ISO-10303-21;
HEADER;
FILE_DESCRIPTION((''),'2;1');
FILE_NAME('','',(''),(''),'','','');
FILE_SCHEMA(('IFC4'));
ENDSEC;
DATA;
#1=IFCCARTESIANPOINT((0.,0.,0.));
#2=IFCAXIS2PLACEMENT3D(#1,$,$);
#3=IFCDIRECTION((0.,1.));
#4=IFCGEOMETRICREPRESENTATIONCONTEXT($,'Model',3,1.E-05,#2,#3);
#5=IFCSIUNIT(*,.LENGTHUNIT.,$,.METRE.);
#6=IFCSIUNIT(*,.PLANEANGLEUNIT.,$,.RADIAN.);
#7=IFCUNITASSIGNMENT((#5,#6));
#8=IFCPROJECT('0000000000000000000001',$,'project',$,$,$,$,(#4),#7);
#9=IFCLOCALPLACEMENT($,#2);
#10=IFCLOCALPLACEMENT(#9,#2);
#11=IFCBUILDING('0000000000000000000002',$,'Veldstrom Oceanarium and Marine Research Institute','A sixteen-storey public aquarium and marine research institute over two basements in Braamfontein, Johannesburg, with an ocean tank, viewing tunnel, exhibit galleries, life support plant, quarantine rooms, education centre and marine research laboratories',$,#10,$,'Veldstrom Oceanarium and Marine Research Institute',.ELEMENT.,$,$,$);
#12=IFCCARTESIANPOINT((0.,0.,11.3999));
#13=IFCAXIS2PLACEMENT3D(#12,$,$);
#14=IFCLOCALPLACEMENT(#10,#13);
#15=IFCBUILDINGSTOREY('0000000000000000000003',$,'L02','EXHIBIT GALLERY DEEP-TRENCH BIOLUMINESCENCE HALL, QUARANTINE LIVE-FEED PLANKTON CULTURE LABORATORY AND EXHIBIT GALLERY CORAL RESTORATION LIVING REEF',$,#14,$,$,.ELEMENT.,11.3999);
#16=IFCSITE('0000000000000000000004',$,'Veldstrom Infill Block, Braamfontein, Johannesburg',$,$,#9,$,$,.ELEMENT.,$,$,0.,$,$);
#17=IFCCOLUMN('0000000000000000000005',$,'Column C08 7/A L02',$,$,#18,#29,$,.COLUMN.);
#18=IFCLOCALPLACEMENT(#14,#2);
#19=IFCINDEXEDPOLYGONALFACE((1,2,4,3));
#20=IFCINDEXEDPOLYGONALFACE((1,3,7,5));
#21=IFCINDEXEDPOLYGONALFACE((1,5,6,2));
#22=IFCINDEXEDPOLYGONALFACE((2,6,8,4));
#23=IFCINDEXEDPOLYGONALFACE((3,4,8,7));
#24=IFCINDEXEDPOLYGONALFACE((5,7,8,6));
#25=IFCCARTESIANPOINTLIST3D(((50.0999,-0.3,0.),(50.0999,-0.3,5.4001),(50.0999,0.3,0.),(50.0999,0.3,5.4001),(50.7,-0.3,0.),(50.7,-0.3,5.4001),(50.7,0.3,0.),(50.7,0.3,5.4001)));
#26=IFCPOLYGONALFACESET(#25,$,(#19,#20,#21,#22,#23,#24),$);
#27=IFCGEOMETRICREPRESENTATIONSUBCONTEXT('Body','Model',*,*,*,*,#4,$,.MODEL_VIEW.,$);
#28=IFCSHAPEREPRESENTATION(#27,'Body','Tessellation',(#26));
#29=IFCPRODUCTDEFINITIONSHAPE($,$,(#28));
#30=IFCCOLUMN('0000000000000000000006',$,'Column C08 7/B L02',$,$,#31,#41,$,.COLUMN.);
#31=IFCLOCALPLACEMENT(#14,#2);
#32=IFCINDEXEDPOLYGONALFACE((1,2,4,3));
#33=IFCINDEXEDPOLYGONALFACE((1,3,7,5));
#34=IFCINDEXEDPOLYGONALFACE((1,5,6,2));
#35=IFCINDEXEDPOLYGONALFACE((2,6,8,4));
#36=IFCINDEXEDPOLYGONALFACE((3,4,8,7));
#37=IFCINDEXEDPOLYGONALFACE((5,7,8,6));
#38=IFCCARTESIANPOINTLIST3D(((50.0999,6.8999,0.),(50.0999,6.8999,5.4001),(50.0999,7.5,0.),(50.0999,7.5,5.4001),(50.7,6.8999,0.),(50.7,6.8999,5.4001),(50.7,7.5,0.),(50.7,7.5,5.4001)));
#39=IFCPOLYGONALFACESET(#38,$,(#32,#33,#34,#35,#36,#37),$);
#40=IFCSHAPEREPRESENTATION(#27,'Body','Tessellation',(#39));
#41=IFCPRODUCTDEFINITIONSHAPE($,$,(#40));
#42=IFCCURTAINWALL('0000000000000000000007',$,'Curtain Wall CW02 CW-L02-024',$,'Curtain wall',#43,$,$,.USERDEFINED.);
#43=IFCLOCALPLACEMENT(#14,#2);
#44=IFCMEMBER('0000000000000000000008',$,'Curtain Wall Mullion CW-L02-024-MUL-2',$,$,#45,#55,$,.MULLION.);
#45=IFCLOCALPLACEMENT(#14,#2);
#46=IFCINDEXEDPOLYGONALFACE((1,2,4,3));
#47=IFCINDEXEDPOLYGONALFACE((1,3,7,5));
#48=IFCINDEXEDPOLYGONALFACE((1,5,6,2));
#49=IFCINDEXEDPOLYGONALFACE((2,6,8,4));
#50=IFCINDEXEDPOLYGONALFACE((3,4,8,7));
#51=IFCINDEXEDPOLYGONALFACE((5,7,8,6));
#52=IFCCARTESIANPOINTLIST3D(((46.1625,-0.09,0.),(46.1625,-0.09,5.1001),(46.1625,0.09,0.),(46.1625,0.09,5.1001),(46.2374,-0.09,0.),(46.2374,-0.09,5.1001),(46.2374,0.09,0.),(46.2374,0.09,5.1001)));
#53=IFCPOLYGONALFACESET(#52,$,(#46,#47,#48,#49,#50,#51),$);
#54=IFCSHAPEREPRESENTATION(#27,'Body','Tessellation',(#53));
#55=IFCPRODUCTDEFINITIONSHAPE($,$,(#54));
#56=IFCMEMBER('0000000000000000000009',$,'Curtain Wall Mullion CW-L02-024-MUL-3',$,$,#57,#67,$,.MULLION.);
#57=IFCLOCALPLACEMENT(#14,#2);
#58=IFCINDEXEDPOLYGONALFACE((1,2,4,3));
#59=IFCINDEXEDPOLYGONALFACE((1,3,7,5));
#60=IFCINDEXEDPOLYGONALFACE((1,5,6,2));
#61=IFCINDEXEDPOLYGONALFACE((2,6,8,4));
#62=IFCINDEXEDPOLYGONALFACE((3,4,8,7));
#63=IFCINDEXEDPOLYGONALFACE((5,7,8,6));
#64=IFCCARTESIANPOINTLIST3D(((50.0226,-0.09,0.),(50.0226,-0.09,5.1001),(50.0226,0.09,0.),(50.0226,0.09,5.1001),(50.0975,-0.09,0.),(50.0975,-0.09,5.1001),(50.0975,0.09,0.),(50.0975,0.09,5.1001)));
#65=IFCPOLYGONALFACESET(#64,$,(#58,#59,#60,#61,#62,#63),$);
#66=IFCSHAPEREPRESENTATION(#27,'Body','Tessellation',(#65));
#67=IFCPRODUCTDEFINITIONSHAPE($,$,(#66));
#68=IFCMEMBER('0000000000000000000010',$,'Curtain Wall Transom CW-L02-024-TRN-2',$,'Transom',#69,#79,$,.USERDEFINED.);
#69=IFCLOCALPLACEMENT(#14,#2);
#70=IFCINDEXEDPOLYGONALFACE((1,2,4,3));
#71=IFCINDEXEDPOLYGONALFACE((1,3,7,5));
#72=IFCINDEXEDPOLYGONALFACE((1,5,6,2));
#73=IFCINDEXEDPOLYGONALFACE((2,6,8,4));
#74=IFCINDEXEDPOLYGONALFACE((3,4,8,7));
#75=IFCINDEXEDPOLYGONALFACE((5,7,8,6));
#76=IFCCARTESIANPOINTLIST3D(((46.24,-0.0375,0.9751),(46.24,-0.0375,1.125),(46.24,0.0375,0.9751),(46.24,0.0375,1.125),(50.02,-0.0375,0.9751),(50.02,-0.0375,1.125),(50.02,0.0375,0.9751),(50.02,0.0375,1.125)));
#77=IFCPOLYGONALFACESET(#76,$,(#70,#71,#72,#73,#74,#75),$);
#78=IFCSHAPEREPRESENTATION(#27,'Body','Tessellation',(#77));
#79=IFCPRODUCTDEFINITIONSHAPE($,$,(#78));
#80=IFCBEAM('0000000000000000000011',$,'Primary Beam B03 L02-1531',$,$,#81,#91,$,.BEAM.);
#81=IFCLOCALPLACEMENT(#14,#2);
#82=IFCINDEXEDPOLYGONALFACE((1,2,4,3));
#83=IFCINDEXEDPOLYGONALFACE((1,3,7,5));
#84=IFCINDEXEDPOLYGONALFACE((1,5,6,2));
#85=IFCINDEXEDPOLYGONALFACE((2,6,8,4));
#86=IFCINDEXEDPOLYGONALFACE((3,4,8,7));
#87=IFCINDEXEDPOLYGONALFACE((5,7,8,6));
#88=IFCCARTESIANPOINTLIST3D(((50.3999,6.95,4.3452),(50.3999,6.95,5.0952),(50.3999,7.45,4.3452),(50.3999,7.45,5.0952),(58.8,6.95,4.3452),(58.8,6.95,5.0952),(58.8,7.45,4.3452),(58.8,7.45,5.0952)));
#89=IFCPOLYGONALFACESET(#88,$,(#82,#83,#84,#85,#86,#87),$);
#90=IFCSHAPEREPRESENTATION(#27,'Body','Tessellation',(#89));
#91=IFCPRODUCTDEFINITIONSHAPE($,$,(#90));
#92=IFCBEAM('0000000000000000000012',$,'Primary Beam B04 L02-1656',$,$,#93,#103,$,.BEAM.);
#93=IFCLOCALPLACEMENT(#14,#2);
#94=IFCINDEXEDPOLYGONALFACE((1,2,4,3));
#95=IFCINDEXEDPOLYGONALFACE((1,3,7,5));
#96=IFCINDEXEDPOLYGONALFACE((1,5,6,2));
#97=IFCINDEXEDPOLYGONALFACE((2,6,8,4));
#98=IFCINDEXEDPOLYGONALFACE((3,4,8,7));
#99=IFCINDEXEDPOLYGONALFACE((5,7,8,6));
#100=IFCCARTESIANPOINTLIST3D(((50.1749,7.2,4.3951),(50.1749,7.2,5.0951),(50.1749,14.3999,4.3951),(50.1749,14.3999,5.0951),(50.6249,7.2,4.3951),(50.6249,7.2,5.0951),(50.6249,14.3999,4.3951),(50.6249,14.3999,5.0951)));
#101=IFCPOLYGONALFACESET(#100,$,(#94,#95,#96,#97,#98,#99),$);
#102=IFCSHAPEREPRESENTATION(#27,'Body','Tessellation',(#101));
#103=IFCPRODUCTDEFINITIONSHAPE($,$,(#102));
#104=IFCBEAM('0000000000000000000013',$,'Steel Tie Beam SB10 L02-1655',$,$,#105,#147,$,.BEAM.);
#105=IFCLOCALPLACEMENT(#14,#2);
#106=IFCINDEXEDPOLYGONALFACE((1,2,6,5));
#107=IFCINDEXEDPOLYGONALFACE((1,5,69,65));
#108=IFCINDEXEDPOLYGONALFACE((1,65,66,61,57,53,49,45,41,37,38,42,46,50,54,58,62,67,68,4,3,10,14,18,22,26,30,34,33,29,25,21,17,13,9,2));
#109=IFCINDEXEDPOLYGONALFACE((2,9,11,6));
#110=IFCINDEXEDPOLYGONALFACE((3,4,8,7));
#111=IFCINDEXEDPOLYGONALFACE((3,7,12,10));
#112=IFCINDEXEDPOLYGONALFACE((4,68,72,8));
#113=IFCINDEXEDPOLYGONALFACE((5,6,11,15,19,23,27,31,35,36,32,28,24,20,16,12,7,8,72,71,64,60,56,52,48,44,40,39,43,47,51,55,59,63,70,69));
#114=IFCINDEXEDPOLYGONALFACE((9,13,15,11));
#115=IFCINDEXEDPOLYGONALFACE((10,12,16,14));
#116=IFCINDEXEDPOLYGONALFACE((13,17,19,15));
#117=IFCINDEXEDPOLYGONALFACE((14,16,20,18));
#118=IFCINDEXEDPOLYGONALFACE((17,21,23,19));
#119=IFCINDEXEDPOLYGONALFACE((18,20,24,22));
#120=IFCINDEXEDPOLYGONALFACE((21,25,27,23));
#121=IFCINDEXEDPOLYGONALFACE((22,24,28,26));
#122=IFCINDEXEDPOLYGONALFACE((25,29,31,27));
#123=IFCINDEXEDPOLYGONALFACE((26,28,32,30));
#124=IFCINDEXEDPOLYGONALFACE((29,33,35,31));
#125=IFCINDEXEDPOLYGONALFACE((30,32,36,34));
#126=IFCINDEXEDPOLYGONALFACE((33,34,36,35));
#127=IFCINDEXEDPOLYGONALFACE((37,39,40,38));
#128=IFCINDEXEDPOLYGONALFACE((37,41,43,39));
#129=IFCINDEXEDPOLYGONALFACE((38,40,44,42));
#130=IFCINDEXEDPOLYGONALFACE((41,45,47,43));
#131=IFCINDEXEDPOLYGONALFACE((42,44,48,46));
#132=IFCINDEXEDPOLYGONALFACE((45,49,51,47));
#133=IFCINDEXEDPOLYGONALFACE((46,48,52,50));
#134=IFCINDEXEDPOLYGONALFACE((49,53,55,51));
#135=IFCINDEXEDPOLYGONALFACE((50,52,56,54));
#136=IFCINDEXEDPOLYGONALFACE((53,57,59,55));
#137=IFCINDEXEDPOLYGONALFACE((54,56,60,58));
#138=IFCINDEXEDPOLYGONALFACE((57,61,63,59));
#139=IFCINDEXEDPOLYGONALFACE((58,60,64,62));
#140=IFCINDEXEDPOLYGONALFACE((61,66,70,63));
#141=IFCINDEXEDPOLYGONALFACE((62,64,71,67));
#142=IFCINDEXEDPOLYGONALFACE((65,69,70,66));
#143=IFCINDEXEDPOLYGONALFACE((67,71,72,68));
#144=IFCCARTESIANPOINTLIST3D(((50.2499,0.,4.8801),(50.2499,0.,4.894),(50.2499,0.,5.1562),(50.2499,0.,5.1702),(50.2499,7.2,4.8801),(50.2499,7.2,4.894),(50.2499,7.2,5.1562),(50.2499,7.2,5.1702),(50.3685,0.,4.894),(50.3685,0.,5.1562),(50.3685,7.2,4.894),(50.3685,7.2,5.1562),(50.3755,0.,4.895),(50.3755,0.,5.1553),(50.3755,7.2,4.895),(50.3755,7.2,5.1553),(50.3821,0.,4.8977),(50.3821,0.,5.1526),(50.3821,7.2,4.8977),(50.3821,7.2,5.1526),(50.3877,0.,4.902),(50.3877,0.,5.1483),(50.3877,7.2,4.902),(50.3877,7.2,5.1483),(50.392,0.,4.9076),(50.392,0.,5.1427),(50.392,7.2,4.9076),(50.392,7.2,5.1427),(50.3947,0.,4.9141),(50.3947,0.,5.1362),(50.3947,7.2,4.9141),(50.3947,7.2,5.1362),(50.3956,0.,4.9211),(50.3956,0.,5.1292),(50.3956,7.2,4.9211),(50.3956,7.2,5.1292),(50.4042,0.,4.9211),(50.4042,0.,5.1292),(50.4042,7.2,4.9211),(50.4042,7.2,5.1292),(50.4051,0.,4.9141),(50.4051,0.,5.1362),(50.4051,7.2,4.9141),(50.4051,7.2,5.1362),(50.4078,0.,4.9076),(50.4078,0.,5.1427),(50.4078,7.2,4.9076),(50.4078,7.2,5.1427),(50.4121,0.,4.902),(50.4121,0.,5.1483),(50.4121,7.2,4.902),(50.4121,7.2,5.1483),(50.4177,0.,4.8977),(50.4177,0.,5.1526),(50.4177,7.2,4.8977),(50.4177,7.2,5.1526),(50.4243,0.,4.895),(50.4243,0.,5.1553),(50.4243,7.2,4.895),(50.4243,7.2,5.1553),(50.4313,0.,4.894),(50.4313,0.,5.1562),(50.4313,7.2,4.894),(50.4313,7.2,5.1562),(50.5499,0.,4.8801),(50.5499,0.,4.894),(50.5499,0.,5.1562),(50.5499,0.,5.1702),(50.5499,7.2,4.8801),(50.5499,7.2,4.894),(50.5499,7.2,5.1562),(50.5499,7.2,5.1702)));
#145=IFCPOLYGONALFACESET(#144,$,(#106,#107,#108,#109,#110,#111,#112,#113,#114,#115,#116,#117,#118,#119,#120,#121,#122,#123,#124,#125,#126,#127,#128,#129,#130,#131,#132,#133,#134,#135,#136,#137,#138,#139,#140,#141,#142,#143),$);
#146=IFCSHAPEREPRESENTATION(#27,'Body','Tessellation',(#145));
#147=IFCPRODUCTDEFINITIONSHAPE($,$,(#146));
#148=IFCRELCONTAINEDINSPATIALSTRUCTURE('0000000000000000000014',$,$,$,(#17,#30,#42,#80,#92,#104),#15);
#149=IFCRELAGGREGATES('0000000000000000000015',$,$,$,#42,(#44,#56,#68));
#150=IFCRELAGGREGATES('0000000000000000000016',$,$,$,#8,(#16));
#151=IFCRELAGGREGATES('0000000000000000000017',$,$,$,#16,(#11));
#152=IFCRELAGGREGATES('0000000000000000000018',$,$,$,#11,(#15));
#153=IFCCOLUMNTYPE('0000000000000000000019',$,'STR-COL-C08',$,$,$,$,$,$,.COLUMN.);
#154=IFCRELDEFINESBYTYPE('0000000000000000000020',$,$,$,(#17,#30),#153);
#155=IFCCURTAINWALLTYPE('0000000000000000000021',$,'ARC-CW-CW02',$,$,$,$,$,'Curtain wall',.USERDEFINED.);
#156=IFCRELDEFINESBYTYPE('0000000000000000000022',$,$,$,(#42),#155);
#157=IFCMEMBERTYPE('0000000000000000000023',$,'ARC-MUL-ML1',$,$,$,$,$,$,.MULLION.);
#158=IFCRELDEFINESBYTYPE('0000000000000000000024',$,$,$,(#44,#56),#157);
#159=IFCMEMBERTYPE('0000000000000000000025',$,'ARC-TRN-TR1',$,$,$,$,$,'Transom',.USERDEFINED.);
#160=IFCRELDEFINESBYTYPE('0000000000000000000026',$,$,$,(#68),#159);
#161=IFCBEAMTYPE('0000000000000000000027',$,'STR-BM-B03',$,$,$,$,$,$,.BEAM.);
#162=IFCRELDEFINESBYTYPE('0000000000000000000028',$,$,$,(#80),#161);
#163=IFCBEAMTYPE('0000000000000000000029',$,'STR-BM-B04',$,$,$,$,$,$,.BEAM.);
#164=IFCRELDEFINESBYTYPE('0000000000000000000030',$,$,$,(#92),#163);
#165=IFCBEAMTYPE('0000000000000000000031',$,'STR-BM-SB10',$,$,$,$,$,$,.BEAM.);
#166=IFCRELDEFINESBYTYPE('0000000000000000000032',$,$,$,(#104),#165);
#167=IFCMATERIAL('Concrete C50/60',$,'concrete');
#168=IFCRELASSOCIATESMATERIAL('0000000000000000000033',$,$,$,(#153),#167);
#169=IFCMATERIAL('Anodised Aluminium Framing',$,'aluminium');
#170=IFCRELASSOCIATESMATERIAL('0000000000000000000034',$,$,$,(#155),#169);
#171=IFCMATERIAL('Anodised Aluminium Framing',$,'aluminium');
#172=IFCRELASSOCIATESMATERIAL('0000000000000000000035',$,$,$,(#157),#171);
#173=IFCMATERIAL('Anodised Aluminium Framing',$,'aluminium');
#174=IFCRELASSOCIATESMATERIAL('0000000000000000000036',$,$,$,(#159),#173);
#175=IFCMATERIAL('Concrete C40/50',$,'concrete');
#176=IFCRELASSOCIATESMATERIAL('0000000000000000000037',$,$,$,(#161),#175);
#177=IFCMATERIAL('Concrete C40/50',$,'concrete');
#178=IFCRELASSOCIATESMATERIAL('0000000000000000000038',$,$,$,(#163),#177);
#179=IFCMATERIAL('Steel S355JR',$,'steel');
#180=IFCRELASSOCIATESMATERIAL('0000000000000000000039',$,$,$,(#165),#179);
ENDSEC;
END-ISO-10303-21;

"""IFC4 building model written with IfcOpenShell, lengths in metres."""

from ifc_helpers import new_model, si_unit, direction, frame, origin, origin_2d, place, context, subcontext, project, spatial, rectangle, i_section, extrude, material, material_profile, profile_set, type_object, element, aggregate, save


model = new_model("IFC4")

# Units and contexts
model_context = context("Model", 3, precision=1e-05, world=origin(), true_north=direction((0.0, 1.0)))
body_context = subcontext(model_context, "Body", "Model", "MODEL_VIEW")
ifc_project = project(units=[si_unit("LENGTHUNIT", "METRE"), si_unit("PLANEANGLEUNIT", "RADIAN")], contexts=[model_context])

# Site, building, storey
site_placement = place(None, origin())
site = spatial("IfcSite", under=ifc_project, at=site_placement, Name="Veldstrom Infill Block, Braamfontein, Johannesburg", CompositionType="ELEMENT", RefElevation=0.0)
building_placement = place(site_placement, origin())
building = spatial("IfcBuilding", under=site, at=building_placement, Name="Veldstrom Oceanarium and Marine Research Institute", Description="A sixteen-storey public aquarium and marine research institute over two basements in Braamfontein, Johannesburg, with an ocean tank, viewing tunnel, exhibit galleries, life support plant, quarantine rooms, education centre and marine research laboratories", LongName="Veldstrom Oceanarium and Marine Research Institute", CompositionType="ELEMENT")
storey_placement = place(building_placement, frame((0.0, 0.0, 11.3999)))
storey = spatial("IfcBuildingStorey", under=building, at=storey_placement, Name="L02", Description="EXHIBIT GALLERY DEEP-TRENCH BIOLUMINESCENCE HALL, QUARANTINE LIVE-FEED PLANKTON CULTURE LABORATORY AND EXHIBIT GALLERY CORAL RESTORATION LIVING REEF", CompositionType="ELEMENT", Elevation=11.3999)

# Columns
ifc_material_1 = material(Name="Concrete C50/60", Category="concrete")
ifc_material_profile_1 = material_profile(ifc_material_1, rectangle(XDim=0.6001, YDim=0.6001, at=origin_2d()), Name="RC-COL-600x600")
ifc_profile_set_1 = profile_set([ifc_material_profile_1], Name="Concrete C50/60")
column_type = type_object("IfcColumnType", Name="STR-COL-C08", PredefinedType="COLUMN", material=ifc_profile_set_1)
for number, where, z_axis, x_axis, name in (
    (1, (50.3999, 0.0, 0.0), (0.0, 0.0, 1.0), (1.0, 0.0, 0.0), "Column C08 7/A L02"),
    (2, (50.3999, 7.2, 0.0), (0.0, 0.0, 1.0), (1.0, 0.0, 0.0), "Column C08 7/B L02"),
):
    element("IfcColumn", number, at=place(storey_placement, frame(where, z_axis=z_axis, x_axis=x_axis)), inside=storey, type_object=column_type, Name=name, PredefinedType="COLUMN", context=body_context, shape_type="SweptSolid", body=[
        extrude(rectangle(XDim=0.6001, YDim=0.6001, at=origin_2d()), origin(), (0.0, 0.0, 1.0), 5.4001),
    ])

# Curtain wall, members
ifc_material_2 = material(Name="Anodised Aluminium Framing", Category="aluminium")
curtain_wall_type = type_object("IfcCurtainWallType", Name="ARC-CW-CW02", ElementType="Curtain wall", PredefinedType="USERDEFINED", material=ifc_material_2)
curtain_wall_placement = place(storey_placement, origin())
curtain_wall = element("IfcCurtainWall", 3, at=curtain_wall_placement, inside=storey, type_object=curtain_wall_type, Name="Curtain Wall CW02 CW-L02-024", ObjectType="Curtain wall", PredefinedType="USERDEFINED")
ifc_material_3 = material(Name="Anodised Aluminium Framing", Category="aluminium")
ifc_material_profile_2 = material_profile(ifc_material_3, rectangle(XDim=0.075, YDim=0.1799, at=origin_2d()), Name="ALU-MUL-75x180")
ifc_profile_set_2 = profile_set([ifc_material_profile_2], Name="Anodised Aluminium Framing")
member_type_1 = type_object("IfcMemberType", Name="ARC-MUL-ML1", PredefinedType="MULLION", material=ifc_profile_set_2)
member_1_placement = place(storey_placement, frame((46.2, 0.0, 0.0), z_axis=(0.0, 0.0, 1.0), x_axis=(1.0, 0.0, 0.0)))
member_1 = element("IfcMember", 4, at=member_1_placement, type_object=member_type_1, Name="Curtain Wall Mullion CW-L02-024-MUL-2", PredefinedType="MULLION", context=body_context, shape_type="SweptSolid", body=[
    extrude(rectangle(XDim=0.075, YDim=0.1799, at=origin_2d()), origin(), (0.0, 0.0, 1.0), 5.1001),
])
member_2_placement = place(storey_placement, frame((50.0601, 0.0, 0.0), z_axis=(0.0, 0.0, 1.0), x_axis=(1.0, 0.0, 0.0)))
member_2 = element("IfcMember", 5, at=member_2_placement, type_object=member_type_1, Name="Curtain Wall Mullion CW-L02-024-MUL-3", PredefinedType="MULLION", context=body_context, shape_type="SweptSolid", body=[
    extrude(rectangle(XDim=0.075, YDim=0.1799, at=origin_2d()), origin(), (0.0, 0.0, 1.0), 5.1001),
])
ifc_material_4 = material(Name="Anodised Aluminium Framing", Category="aluminium")
ifc_material_profile_3 = material_profile(ifc_material_4, rectangle(XDim=0.075, YDim=0.1499, at=origin_2d()), Name="ALU-TRN-75x150")
ifc_profile_set_3 = profile_set([ifc_material_profile_3], Name="Anodised Aluminium Framing")
member_type_2 = type_object("IfcMemberType", Name="ARC-TRN-TR1", ElementType="Transom", PredefinedType="USERDEFINED", material=ifc_profile_set_3)
member_3_placement = place(storey_placement, frame((46.24, 0.0, 1.05), z_axis=(1.0, 0.0, 0.0), x_axis=(0.0, 1.0, 0.0)))
member_3 = element("IfcMember", 6, at=member_3_placement, type_object=member_type_2, Name="Curtain Wall Transom CW-L02-024-TRN-2", ObjectType="Transom", PredefinedType="USERDEFINED", context=body_context, shape_type="SweptSolid", body=[
    extrude(rectangle(XDim=0.075, YDim=0.1499, at=origin_2d()), origin(), (0.0, 0.0, 1.0), 3.78),
])

# Beams
ifc_material_5 = material(Name="Concrete C40/50", Category="concrete")
ifc_material_profile_4 = material_profile(ifc_material_5, rectangle(XDim=0.5, YDim=0.75, at=origin_2d()), Name="RC-BM-500x750")
ifc_profile_set_4 = profile_set([ifc_material_profile_4], Name="Concrete C40/50")
beam_type_1 = type_object("IfcBeamType", Name="STR-BM-B03", PredefinedType="BEAM", material=ifc_profile_set_4)
beam_1_placement = place(storey_placement, frame((50.3999, 7.2, 4.7202), z_axis=(1.0, 0.0, 0.0), x_axis=(0.0, 1.0, 0.0)))
element("IfcBeam", 7, at=beam_1_placement, inside=storey, type_object=beam_type_1, Name="Primary Beam B03 L02-1531", PredefinedType="BEAM", context=body_context, shape_type="SweptSolid", body=[
    extrude(rectangle(XDim=0.5, YDim=0.75, at=origin_2d()), origin(), (0.0, 0.0, 1.0), 8.4001),
])
ifc_material_6 = material(Name="Concrete C40/50", Category="concrete")
ifc_material_profile_5 = material_profile(ifc_material_6, rectangle(XDim=0.45, YDim=0.7, at=origin_2d()), Name="RC-BM-450x700")
ifc_profile_set_5 = profile_set([ifc_material_profile_5], Name="Concrete C40/50")
beam_type_2 = type_object("IfcBeamType", Name="STR-BM-B04", PredefinedType="BEAM", material=ifc_profile_set_5)
beam_2_placement = place(storey_placement, frame((50.3999, 7.2, 4.7451), z_axis=(0.0, 1.0, 0.0), x_axis=(-1.0, 0.0, 0.0)))
element("IfcBeam", 8, at=beam_2_placement, inside=storey, type_object=beam_type_2, Name="Primary Beam B04 L02-1656", PredefinedType="BEAM", context=body_context, shape_type="SweptSolid", body=[
    extrude(rectangle(XDim=0.45, YDim=0.7, at=origin_2d()), origin(), (0.0, 0.0, 1.0), 7.2),
])
ifc_material_7 = material(Name="Steel S355JR", Category="steel")
ifc_material_profile_6 = material_profile(ifc_material_7, i_section(OverallWidth=0.3, OverallDepth=0.29, WebThickness=0.0085, FlangeThickness=0.0139, FilletRadius=0.0271, at=origin_2d()), Name="HEA 300")
ifc_profile_set_6 = profile_set([ifc_material_profile_6], Name="Steel S355JR")
beam_type_3 = type_object("IfcBeamType", Name="STR-BM-SB10", PredefinedType="BEAM", material=ifc_profile_set_6)
beam_3_placement = place(storey_placement, frame((50.3999, 0.0, 5.0251), z_axis=(0.0, 1.0, 0.0), x_axis=(-1.0, 0.0, 0.0)))
element("IfcBeam", 9, at=beam_3_placement, inside=storey, type_object=beam_type_3, Name="Steel Tie Beam SB10 L02-1655", PredefinedType="BEAM", context=body_context, shape_type="SweptSolid", body=[
    extrude(i_section(OverallWidth=0.3, OverallDepth=0.29, WebThickness=0.0085, FlangeThickness=0.0139, FilletRadius=0.0271, at=origin_2d()), origin(), (0.0, 0.0, 1.0), 7.2),
])

aggregate(curtain_wall, [member_1, member_2, member_3])

save(model, "model.ifc")
